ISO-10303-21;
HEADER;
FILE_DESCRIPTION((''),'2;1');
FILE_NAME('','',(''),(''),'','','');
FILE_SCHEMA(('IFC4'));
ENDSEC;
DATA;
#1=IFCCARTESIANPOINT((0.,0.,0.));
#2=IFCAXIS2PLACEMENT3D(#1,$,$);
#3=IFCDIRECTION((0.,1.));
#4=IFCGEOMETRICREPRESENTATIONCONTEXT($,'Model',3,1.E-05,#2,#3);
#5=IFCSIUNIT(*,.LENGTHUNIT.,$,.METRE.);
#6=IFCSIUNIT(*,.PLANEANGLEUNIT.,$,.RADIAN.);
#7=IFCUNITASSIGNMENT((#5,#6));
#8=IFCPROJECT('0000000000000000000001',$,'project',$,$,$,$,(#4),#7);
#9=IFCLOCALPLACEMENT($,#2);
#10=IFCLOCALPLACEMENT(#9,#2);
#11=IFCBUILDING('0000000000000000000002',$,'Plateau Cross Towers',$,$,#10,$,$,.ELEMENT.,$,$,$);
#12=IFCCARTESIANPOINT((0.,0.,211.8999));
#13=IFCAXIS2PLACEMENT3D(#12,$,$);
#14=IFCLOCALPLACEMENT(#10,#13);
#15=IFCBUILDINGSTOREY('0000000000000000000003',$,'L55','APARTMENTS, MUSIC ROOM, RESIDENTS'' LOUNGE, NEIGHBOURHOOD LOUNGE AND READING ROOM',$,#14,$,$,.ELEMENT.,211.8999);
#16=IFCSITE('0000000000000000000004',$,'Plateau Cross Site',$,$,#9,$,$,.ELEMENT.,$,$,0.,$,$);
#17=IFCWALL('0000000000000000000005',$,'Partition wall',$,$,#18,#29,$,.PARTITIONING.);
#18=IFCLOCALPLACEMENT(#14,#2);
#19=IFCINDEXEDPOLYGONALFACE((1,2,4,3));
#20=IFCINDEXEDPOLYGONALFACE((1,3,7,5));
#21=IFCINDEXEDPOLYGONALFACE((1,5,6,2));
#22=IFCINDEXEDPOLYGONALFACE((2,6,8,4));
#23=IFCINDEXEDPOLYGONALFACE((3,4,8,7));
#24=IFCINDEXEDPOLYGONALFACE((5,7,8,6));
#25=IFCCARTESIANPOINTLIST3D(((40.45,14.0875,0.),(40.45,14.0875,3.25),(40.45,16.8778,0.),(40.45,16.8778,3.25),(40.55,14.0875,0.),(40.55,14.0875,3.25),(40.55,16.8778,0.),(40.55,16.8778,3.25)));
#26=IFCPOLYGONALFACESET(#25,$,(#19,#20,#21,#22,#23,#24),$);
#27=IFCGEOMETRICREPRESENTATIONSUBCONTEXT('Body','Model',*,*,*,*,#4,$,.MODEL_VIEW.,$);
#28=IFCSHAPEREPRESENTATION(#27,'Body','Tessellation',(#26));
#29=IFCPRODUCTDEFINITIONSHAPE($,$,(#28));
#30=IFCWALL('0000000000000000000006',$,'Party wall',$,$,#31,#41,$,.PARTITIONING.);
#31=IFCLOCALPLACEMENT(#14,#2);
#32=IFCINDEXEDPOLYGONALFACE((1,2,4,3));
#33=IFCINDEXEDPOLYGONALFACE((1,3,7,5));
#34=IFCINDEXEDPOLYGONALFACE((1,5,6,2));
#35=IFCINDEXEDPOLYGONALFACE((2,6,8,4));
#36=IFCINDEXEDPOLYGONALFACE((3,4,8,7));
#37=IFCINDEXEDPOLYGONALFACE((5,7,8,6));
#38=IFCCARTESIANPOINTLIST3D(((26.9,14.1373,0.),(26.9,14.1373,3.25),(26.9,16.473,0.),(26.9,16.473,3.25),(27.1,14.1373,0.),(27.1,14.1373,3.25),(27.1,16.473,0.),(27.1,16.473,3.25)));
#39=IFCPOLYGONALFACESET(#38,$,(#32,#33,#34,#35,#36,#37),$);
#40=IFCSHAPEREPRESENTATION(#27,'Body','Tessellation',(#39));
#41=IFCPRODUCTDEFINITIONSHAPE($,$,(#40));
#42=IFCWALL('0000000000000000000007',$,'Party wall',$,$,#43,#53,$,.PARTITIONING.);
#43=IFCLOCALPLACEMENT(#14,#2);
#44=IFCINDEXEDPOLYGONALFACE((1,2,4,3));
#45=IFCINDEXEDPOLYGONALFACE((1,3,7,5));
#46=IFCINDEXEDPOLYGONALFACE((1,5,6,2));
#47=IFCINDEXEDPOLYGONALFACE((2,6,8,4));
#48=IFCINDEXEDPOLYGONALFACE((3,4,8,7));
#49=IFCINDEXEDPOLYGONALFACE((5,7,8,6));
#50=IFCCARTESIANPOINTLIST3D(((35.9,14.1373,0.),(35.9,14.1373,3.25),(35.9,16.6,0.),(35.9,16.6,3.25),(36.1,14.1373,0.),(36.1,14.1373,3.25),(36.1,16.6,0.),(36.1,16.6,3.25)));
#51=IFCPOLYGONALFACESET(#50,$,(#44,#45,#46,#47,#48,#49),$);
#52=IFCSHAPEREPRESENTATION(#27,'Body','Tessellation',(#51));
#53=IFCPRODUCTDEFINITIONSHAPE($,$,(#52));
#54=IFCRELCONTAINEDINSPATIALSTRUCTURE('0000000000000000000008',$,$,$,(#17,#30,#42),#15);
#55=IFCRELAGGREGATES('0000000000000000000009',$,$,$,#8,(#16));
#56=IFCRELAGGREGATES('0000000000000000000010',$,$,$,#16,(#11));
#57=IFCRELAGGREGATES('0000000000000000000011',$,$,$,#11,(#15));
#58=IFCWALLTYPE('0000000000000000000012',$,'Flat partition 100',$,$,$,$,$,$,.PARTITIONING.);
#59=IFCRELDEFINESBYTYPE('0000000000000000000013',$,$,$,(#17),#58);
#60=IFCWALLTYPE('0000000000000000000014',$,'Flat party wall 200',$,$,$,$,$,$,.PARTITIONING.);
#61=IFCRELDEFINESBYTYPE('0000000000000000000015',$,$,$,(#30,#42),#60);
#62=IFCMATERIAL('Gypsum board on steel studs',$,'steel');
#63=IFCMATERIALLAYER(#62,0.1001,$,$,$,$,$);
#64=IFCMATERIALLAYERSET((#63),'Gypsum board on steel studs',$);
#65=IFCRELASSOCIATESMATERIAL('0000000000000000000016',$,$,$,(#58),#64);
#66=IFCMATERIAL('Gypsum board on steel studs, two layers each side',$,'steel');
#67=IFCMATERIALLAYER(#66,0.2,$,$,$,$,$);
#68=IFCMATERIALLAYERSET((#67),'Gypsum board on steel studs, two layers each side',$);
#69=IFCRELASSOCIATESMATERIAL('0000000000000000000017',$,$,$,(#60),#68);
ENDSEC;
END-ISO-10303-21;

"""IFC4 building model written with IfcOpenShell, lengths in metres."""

from ifc_helpers import new_model, si_unit, direction, frame, frame_2d, origin, place, context, subcontext, project, spatial, rectangle, extrude, material, layer, layer_set, type_object, element, save


model = new_model("IFC4")

# Units and contexts
model_context = context("Model", 3, precision=1e-05, world=origin(), true_north=direction((0.0, 1.0)))
body_context = subcontext(model_context, "Body", "Model", "MODEL_VIEW")
ifc_project = project(units=[si_unit("LENGTHUNIT", "METRE"), si_unit("PLANEANGLEUNIT", "RADIAN")], contexts=[model_context])

# Site, building, storey
site_placement = place(None, origin())
site = spatial("IfcSite", under=ifc_project, at=site_placement, Name="Plateau Cross Site", CompositionType="ELEMENT", RefElevation=0.0)
building_placement = place(site_placement, origin())
building = spatial("IfcBuilding", under=site, at=building_placement, Name="Plateau Cross Towers", CompositionType="ELEMENT")
storey_placement = place(building_placement, frame((0.0, 0.0, 211.8999)))
storey = spatial("IfcBuildingStorey", under=building, at=storey_placement, Name="L55", Description="APARTMENTS, MUSIC ROOM, RESIDENTS' LOUNGE, NEIGHBOURHOOD LOUNGE AND READING ROOM", CompositionType="ELEMENT", Elevation=211.8999)

# Shared definitions
ifc_material_1 = material(Name="Gypsum board on steel studs", Category="steel")
ifc_layer_1 = layer(ifc_material_1, 0.1001)
ifc_layer_set_1 = layer_set([ifc_layer_1], Name="Gypsum board on steel studs")
wall_type_1 = type_object("IfcWallType", Name="Flat partition 100", PredefinedType="PARTITIONING", material=ifc_layer_set_1)

# Walls
wall_1_placement = place(storey_placement, frame((40.5, 16.8777, 0.0), z_axis=(0.0, 0.0, 1.0), x_axis=(0.0, -1.0, 0.0)))
element("IfcWall", 1, at=wall_1_placement, inside=storey, type_object=wall_type_1, Name="Partition wall", PredefinedType="PARTITIONING", context=body_context, shape_type="SweptSolid", body=[
    extrude(rectangle(XDim=2.7903, YDim=0.1001, at=frame_2d((1.395, 0.0))), origin(), (0.0, 0.0, 1.0), 3.25),
])
ifc_material_2 = material(Name="Gypsum board on steel studs, two layers each side", Category="steel")
ifc_layer_2 = layer(ifc_material_2, 0.2)
ifc_layer_set_2 = layer_set([ifc_layer_2], Name="Gypsum board on steel studs, two layers each side")
wall_type_2 = type_object("IfcWallType", Name="Flat party wall 200", PredefinedType="PARTITIONING", material=ifc_layer_set_2)
wall_2_placement = place(storey_placement, frame((27.0, 16.4731, 0.0), z_axis=(0.0, 0.0, 1.0), x_axis=(0.0, -1.0, 0.0)))
element("IfcWall", 2, at=wall_2_placement, inside=storey, type_object=wall_type_2, Name="Party wall", PredefinedType="PARTITIONING", context=body_context, shape_type="SweptSolid", body=[
    extrude(rectangle(XDim=2.3357, YDim=0.2, at=frame_2d((1.168, 0.0))), origin(), (0.0, 0.0, 1.0), 3.25),
])
wall_3_placement = place(storey_placement, frame((36.0, 16.6001, 0.0), z_axis=(0.0, 0.0, 1.0), x_axis=(0.0, -1.0, 0.0)))
element("IfcWall", 3, at=wall_3_placement, inside=storey, type_object=wall_type_2, Name="Party wall", PredefinedType="PARTITIONING", context=body_context, shape_type="SweptSolid", body=[
    extrude(rectangle(XDim=2.4626, YDim=0.2, at=frame_2d((1.2314, 0.0))), origin(), (0.0, 0.0, 1.0), 3.25),
])

save(model, "model.ifc")
